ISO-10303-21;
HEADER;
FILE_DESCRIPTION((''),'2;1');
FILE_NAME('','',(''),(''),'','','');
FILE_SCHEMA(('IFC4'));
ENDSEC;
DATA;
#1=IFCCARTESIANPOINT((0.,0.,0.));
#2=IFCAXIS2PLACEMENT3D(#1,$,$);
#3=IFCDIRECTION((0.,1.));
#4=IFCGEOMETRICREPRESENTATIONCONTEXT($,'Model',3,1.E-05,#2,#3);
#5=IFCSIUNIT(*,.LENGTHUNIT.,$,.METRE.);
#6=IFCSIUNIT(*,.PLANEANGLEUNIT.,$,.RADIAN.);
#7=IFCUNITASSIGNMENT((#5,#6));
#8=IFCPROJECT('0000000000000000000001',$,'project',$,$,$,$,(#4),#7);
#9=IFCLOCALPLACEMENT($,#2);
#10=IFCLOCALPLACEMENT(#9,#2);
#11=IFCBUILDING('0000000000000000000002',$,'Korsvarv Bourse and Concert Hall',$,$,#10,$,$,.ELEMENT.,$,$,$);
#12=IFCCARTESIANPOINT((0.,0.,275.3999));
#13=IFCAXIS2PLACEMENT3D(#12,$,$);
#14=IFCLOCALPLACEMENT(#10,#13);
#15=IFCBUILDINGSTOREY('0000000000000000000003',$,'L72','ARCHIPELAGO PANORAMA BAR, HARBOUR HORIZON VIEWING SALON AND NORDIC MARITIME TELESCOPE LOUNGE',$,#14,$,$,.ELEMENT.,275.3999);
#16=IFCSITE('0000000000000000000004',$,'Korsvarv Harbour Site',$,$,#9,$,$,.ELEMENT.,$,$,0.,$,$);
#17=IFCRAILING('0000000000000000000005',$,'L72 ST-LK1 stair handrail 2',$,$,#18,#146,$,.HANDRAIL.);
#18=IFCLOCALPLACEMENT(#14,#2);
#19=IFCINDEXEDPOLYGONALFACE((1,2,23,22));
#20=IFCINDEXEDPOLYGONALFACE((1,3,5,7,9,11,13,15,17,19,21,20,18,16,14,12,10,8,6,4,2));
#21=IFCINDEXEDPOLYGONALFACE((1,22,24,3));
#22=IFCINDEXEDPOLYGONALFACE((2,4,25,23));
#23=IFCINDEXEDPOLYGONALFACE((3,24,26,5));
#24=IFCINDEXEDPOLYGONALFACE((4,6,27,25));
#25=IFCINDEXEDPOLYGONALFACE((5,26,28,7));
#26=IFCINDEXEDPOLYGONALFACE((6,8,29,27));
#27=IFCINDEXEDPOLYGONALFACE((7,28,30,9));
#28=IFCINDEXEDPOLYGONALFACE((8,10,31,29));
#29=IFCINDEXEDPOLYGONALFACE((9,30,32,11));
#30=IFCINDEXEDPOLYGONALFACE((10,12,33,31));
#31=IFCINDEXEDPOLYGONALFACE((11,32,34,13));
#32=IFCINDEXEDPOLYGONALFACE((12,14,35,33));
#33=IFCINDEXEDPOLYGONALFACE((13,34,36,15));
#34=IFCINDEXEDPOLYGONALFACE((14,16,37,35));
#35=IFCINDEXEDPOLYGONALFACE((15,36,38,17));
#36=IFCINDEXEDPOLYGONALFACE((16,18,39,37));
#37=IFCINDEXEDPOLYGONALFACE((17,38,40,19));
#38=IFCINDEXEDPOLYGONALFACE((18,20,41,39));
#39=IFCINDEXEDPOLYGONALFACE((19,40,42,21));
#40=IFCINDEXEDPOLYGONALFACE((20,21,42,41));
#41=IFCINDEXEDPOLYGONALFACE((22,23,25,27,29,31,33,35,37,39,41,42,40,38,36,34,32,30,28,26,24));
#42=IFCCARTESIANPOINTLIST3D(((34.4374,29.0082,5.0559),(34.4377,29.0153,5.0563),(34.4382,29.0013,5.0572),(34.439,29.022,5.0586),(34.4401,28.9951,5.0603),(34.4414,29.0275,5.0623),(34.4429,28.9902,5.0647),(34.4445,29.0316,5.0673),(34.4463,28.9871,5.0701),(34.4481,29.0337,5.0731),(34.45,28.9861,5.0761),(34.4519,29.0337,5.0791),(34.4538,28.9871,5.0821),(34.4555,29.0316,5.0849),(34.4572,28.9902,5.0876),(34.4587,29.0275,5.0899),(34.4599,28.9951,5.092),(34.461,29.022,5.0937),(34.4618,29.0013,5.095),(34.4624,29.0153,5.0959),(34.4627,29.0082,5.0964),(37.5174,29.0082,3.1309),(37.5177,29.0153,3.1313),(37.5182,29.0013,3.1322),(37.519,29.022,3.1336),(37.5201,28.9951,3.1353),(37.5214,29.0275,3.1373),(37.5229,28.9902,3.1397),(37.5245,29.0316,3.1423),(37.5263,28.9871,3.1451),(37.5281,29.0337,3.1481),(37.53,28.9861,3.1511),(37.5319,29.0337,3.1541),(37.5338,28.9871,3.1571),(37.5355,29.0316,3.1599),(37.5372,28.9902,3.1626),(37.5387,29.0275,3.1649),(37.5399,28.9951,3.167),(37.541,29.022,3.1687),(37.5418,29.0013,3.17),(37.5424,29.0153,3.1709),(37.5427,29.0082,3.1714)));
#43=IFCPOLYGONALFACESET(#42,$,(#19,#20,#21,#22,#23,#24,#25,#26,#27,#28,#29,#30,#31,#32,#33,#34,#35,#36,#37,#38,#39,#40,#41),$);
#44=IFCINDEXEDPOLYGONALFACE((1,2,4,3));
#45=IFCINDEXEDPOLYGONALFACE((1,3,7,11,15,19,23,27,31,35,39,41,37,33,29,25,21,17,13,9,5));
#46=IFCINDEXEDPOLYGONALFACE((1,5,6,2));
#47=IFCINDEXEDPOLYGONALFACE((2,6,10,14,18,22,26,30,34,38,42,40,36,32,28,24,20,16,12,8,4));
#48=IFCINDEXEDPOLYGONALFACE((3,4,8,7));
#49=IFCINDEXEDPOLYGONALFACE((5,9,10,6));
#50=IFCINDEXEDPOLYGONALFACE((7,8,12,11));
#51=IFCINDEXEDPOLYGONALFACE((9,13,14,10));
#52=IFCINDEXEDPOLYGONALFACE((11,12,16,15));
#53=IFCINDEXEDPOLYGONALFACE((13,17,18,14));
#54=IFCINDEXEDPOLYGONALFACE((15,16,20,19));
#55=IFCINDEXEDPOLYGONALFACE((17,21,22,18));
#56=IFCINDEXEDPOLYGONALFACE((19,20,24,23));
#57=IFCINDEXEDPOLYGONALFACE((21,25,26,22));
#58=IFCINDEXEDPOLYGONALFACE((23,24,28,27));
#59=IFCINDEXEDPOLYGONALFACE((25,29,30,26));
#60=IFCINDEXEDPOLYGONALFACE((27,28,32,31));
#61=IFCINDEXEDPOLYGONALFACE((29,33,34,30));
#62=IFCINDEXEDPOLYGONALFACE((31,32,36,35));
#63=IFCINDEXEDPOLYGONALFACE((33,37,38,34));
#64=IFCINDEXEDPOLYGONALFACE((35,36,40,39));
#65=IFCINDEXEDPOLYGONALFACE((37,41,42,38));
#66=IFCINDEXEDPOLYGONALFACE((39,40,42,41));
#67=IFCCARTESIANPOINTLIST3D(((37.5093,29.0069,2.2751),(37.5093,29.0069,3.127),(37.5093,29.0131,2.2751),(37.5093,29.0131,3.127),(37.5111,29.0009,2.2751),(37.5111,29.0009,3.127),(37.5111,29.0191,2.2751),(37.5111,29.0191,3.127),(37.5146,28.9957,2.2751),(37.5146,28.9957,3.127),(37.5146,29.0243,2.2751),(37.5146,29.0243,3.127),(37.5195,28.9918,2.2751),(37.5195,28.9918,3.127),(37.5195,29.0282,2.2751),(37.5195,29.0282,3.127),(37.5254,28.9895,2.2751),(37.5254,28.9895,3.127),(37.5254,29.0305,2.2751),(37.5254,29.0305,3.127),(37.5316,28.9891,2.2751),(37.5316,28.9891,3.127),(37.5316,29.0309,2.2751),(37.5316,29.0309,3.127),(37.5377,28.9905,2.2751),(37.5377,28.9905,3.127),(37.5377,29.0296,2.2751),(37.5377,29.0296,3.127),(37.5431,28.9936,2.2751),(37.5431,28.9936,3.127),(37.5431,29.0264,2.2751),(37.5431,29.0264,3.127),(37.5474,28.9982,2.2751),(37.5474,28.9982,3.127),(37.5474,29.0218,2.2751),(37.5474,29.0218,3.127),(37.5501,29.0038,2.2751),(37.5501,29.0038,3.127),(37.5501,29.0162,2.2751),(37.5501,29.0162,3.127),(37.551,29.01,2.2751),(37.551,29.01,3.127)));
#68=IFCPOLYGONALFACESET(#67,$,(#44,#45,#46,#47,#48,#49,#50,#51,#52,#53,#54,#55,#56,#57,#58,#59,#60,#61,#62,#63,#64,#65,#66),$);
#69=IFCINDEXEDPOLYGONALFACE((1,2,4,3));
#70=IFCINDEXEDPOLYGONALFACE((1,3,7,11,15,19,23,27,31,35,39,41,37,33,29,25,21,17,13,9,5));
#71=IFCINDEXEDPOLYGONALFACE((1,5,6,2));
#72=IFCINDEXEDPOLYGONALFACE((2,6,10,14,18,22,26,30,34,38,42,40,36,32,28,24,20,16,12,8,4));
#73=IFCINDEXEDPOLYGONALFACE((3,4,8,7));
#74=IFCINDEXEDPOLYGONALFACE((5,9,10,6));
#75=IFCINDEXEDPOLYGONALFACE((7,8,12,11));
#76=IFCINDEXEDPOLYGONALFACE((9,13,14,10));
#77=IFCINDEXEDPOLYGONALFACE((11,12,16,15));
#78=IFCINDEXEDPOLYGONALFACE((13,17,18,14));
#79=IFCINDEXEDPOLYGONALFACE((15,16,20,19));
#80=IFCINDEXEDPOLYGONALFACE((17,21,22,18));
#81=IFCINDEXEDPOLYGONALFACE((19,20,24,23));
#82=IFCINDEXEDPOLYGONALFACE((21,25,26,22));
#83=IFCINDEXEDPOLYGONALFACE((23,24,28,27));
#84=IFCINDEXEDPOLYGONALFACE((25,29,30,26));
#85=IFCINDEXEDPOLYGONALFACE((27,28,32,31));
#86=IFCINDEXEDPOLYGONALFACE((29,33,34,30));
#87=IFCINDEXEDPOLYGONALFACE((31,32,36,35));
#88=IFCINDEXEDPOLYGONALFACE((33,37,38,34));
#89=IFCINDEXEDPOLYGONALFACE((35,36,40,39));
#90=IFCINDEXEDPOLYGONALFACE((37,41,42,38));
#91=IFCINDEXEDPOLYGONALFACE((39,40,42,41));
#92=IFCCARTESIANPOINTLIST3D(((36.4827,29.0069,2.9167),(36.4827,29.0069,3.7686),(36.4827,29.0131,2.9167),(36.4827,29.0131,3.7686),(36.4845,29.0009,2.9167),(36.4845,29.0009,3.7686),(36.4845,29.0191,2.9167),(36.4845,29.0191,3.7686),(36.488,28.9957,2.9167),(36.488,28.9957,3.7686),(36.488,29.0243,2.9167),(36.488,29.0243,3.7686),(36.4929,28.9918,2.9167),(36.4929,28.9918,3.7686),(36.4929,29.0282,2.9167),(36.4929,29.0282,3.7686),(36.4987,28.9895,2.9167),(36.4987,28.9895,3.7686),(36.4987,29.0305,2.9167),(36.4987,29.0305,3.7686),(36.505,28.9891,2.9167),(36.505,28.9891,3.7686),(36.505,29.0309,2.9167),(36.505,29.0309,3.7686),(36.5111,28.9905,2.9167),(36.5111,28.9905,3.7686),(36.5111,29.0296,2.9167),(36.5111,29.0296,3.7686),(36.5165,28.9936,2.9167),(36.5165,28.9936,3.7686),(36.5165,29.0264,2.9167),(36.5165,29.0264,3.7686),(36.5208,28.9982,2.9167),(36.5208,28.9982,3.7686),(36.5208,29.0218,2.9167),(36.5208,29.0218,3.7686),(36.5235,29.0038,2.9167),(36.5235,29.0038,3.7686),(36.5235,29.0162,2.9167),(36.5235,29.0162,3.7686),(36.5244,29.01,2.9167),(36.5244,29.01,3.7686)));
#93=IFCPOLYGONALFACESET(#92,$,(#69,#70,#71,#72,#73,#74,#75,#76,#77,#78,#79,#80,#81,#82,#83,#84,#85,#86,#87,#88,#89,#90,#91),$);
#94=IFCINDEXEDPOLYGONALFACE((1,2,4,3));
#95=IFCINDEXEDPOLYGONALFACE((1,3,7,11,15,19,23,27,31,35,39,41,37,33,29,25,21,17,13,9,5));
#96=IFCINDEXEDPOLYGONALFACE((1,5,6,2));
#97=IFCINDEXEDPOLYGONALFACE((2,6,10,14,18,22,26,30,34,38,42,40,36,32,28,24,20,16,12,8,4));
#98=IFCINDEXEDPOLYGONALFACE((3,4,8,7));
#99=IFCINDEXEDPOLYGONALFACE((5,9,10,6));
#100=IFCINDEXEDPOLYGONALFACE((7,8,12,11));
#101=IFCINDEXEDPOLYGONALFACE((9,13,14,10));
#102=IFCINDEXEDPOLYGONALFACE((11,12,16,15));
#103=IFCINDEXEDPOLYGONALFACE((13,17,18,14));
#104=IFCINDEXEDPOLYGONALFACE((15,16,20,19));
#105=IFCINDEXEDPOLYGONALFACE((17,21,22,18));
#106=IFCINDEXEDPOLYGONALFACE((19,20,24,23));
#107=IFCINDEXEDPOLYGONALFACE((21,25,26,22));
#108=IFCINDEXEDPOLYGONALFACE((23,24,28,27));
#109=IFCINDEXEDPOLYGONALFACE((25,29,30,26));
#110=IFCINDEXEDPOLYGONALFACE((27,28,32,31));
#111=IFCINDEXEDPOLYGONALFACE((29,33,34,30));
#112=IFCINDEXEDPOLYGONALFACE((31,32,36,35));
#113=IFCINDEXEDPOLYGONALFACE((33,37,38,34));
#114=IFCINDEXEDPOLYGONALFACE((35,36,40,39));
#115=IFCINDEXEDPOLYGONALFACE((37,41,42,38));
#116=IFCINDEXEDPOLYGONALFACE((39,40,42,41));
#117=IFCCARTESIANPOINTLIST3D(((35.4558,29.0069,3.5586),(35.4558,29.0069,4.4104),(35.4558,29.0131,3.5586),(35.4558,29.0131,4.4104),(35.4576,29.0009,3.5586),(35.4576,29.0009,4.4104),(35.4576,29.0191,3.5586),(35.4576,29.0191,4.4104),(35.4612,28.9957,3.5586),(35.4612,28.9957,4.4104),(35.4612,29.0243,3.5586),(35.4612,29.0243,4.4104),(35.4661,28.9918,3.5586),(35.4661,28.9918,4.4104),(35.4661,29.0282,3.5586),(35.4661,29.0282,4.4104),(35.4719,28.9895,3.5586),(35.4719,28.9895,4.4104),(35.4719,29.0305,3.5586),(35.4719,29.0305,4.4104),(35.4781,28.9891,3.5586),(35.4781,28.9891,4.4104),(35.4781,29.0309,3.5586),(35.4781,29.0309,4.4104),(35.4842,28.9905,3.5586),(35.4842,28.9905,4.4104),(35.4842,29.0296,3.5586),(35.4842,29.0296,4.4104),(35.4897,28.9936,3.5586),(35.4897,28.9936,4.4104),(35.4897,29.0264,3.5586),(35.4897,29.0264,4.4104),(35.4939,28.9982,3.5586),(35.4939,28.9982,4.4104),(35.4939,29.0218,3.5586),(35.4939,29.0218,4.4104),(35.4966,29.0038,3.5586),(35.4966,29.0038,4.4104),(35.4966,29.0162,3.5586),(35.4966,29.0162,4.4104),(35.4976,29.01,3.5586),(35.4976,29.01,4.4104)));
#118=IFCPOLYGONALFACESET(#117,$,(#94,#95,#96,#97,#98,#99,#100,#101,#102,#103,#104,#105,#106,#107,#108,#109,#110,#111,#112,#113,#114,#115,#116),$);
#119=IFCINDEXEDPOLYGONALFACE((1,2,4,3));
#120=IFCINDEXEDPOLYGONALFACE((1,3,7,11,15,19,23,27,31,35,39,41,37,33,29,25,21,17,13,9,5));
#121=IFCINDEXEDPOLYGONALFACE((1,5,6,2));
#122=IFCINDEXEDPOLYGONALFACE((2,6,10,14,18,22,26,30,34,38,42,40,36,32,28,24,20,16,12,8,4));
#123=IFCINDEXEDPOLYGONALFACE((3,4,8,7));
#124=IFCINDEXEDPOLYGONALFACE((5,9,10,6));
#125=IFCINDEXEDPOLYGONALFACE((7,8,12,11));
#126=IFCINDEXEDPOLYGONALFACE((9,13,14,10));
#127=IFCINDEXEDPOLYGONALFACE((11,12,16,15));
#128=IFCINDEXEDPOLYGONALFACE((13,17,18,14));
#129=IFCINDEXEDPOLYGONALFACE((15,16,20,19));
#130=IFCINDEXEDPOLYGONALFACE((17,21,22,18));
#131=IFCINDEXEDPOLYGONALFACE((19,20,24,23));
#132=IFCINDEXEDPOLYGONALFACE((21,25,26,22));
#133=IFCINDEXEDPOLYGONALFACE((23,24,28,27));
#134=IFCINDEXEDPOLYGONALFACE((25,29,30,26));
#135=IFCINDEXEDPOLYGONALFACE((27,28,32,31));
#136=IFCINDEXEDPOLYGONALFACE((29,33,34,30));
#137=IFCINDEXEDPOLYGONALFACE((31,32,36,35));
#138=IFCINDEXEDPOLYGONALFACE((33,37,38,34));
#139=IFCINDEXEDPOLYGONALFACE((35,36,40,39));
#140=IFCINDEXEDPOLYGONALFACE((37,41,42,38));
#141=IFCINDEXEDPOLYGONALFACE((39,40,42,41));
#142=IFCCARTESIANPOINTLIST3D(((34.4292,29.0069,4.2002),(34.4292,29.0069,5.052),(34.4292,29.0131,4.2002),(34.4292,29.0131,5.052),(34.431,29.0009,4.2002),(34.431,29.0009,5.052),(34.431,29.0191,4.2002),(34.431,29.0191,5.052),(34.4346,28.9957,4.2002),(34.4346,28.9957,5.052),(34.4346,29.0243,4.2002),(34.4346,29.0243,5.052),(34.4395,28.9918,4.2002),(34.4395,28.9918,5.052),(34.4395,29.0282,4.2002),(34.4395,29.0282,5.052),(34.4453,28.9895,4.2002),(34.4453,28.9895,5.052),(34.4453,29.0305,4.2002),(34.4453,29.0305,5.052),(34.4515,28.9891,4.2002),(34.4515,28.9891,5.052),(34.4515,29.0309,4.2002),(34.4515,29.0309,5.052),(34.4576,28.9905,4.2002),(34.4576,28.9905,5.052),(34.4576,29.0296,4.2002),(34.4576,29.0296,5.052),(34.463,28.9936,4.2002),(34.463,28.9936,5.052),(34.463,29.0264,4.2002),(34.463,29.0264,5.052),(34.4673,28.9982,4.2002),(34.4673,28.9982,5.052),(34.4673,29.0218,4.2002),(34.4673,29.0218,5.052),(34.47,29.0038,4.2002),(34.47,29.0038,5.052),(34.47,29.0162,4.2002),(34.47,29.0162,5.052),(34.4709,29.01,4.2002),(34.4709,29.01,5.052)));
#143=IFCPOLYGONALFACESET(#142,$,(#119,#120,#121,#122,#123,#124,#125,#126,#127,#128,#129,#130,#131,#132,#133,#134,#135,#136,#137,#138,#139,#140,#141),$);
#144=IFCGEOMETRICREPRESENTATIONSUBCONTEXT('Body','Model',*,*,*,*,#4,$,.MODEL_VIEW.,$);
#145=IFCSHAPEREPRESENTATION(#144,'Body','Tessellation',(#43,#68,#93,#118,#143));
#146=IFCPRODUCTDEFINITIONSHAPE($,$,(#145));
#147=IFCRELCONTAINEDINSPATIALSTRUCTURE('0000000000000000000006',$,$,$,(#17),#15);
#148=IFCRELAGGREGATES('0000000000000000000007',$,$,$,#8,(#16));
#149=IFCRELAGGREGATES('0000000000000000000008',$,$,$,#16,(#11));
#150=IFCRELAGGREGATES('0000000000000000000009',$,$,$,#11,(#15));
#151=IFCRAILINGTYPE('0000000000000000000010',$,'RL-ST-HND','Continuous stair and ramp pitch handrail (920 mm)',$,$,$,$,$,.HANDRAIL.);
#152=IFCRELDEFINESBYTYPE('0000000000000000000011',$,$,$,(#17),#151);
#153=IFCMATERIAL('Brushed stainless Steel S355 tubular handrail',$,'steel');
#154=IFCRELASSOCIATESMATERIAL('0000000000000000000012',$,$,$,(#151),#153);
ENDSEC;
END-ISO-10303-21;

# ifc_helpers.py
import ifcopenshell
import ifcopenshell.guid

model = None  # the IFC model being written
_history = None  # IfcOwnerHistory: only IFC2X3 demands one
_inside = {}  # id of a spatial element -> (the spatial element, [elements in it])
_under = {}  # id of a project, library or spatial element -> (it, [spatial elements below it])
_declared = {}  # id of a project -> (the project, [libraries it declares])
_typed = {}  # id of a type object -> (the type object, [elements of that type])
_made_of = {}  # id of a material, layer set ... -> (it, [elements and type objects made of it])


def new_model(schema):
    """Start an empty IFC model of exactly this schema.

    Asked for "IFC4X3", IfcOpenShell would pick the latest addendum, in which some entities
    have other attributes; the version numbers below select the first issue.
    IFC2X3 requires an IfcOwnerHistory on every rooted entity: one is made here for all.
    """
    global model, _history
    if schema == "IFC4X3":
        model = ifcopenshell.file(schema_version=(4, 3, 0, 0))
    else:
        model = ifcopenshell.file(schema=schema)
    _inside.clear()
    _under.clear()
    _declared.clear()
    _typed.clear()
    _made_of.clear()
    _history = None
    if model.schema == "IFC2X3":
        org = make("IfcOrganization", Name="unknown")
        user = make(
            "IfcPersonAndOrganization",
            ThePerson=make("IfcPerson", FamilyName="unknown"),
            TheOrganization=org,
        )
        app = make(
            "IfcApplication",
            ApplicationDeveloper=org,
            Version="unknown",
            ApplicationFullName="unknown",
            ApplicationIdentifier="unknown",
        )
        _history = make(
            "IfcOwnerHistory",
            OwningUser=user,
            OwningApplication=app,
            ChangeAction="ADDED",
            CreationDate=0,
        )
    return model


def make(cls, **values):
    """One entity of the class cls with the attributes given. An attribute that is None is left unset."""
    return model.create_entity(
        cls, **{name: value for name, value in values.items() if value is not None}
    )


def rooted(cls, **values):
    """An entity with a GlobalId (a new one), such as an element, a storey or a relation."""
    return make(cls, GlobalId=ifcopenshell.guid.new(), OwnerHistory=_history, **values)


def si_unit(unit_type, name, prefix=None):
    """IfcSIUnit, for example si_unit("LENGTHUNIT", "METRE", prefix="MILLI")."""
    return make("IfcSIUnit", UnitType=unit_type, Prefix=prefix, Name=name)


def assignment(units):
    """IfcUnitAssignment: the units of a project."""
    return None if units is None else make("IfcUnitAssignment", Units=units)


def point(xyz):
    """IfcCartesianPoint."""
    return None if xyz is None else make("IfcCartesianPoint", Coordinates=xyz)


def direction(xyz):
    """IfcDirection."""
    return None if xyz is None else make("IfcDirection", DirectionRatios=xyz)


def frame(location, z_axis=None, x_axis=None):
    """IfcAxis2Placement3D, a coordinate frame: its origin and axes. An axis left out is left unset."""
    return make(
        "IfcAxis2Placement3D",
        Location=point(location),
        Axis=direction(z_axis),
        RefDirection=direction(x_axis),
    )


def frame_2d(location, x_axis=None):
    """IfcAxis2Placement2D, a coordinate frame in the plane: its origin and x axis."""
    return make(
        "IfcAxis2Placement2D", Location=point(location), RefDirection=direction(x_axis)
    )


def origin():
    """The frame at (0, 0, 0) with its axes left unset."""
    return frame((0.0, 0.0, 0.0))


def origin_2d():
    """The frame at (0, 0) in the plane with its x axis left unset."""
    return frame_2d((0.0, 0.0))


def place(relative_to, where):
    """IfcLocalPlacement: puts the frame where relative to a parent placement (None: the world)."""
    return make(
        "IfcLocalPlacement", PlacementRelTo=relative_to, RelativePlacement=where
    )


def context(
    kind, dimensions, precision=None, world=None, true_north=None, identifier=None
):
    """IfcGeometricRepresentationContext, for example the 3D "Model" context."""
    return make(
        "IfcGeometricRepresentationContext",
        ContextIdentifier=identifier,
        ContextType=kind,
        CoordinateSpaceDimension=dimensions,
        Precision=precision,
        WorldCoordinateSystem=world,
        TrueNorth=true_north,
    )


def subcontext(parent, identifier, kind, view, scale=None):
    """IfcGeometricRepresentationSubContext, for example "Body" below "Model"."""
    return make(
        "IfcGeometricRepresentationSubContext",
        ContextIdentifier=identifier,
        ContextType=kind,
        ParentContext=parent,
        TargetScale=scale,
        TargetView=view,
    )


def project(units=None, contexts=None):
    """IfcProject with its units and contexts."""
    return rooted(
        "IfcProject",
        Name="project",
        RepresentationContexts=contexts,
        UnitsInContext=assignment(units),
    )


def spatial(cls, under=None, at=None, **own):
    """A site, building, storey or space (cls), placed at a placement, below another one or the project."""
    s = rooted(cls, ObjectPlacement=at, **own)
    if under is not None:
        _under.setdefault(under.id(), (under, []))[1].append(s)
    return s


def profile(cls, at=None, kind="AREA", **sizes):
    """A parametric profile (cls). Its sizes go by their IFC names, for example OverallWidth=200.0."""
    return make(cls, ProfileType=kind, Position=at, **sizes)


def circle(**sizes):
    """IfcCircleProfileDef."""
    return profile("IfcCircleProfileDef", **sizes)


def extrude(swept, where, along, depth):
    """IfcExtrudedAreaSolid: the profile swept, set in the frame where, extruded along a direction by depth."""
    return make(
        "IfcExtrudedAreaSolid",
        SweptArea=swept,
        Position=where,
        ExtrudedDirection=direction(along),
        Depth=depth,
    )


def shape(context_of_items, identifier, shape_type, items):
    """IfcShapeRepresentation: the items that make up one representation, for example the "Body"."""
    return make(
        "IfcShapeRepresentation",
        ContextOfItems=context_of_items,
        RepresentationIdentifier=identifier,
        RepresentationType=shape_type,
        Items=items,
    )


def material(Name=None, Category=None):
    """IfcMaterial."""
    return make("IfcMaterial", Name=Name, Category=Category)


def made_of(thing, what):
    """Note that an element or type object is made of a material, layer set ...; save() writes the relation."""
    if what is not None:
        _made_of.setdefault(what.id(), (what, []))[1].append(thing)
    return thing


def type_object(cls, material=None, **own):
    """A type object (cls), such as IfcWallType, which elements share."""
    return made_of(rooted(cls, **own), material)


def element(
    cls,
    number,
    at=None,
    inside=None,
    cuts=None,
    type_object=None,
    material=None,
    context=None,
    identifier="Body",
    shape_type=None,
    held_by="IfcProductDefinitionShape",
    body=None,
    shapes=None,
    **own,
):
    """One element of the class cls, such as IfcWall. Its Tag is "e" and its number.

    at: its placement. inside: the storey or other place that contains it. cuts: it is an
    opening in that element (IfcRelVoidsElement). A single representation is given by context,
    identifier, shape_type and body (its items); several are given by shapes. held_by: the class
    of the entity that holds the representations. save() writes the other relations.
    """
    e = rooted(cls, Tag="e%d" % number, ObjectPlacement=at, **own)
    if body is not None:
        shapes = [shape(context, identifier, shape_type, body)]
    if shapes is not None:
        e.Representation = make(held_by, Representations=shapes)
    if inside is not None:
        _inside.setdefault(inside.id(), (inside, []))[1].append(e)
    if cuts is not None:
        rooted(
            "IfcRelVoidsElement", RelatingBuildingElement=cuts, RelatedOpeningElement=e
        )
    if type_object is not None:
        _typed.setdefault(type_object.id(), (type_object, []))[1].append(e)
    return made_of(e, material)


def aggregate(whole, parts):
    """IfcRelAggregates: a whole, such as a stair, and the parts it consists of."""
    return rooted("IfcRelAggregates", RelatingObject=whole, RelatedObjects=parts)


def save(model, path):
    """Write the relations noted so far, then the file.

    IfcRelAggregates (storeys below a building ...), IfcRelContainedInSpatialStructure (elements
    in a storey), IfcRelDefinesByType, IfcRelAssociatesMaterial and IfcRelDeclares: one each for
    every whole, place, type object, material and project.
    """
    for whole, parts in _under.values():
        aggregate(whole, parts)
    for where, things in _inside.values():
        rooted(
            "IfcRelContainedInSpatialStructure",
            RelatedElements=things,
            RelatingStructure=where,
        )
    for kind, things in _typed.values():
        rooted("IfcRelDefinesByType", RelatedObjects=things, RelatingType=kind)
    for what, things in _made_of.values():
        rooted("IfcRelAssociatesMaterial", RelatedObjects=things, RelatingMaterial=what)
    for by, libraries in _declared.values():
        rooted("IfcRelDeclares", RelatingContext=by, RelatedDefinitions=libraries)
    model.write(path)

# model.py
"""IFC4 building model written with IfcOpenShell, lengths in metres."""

from ifc_helpers import new_model, si_unit, direction, frame, origin, origin_2d, place, context, subcontext, project, spatial, circle, extrude, material, type_object, element, save


model = new_model("IFC4")

# Units and contexts
model_context = context("Model", 3, precision=1e-05, world=origin(), true_north=direction((0.0, 1.0)))
body_context = subcontext(model_context, "Body", "Model", "MODEL_VIEW")
ifc_project = project(units=[si_unit("LENGTHUNIT", "METRE"), si_unit("PLANEANGLEUNIT", "RADIAN")], contexts=[model_context])

# Site, building, storey
site_placement = place(None, origin())
site = spatial("IfcSite", under=ifc_project, at=site_placement, Name="Korsvarv Harbour Site", CompositionType="ELEMENT", RefElevation=0.0)
building_placement = place(site_placement, origin())
building = spatial("IfcBuilding", under=site, at=building_placement, Name="Korsvarv Bourse and Concert Hall", CompositionType="ELEMENT")
storey_placement = place(building_placement, frame((0.0, 0.0, 275.3999)))
storey = spatial("IfcBuildingStorey", under=building, at=storey_placement, Name="L72", Description="ARCHIPELAGO PANORAMA BAR, HARBOUR HORIZON VIEWING SALON AND NORDIC MARITIME TELESCOPE LOUNGE", CompositionType="ELEMENT", Elevation=275.3999)

# Railing
ifc_material_1 = material(Name="Brushed stainless Steel S355 tubular handrail", Category="steel")
railing_type = type_object("IfcRailingType", Name="RL-ST-HND", Description="Continuous stair and ramp pitch handrail (920 mm)", PredefinedType="HANDRAIL", material=ifc_material_1)
railing_placement = place(storey_placement, frame((37.53, 29.01, 2.2751)))
element("IfcRailing", 1, at=railing_placement, inside=storey, type_object=railing_type, Name="L72 ST-LK1 stair handrail 2", PredefinedType="HANDRAIL", context=body_context, shape_type="SweptSolid", body=[
    extrude(circle(Radius=0.0239, at=origin_2d()), frame((0.0, 0.0, 0.876), z_axis=(-0.847998, 0.0, 0.529999), x_axis=(0.0, -1.0, 0.0)), (0.0, 0.0, 1.0), 3.6321),
    extrude(circle(Radius=0.021, at=origin_2d()), origin(), (0.0, 0.0, 1.0), 0.8518),
    extrude(circle(Radius=0.021, at=origin_2d()), frame((-1.0266, 0.0, 0.6416)), (0.0, 0.0, 1.0), 0.8518),
    extrude(circle(Radius=0.021, at=origin_2d()), frame((-2.0535, 0.0, 1.2834)), (0.0, 0.0, 1.0), 0.8518),
    extrude(circle(Radius=0.021, at=origin_2d()), frame((-3.0801, 0.0, 1.925)), (0.0, 0.0, 1.0), 0.8518),
])

save(model, "model.ifc")
